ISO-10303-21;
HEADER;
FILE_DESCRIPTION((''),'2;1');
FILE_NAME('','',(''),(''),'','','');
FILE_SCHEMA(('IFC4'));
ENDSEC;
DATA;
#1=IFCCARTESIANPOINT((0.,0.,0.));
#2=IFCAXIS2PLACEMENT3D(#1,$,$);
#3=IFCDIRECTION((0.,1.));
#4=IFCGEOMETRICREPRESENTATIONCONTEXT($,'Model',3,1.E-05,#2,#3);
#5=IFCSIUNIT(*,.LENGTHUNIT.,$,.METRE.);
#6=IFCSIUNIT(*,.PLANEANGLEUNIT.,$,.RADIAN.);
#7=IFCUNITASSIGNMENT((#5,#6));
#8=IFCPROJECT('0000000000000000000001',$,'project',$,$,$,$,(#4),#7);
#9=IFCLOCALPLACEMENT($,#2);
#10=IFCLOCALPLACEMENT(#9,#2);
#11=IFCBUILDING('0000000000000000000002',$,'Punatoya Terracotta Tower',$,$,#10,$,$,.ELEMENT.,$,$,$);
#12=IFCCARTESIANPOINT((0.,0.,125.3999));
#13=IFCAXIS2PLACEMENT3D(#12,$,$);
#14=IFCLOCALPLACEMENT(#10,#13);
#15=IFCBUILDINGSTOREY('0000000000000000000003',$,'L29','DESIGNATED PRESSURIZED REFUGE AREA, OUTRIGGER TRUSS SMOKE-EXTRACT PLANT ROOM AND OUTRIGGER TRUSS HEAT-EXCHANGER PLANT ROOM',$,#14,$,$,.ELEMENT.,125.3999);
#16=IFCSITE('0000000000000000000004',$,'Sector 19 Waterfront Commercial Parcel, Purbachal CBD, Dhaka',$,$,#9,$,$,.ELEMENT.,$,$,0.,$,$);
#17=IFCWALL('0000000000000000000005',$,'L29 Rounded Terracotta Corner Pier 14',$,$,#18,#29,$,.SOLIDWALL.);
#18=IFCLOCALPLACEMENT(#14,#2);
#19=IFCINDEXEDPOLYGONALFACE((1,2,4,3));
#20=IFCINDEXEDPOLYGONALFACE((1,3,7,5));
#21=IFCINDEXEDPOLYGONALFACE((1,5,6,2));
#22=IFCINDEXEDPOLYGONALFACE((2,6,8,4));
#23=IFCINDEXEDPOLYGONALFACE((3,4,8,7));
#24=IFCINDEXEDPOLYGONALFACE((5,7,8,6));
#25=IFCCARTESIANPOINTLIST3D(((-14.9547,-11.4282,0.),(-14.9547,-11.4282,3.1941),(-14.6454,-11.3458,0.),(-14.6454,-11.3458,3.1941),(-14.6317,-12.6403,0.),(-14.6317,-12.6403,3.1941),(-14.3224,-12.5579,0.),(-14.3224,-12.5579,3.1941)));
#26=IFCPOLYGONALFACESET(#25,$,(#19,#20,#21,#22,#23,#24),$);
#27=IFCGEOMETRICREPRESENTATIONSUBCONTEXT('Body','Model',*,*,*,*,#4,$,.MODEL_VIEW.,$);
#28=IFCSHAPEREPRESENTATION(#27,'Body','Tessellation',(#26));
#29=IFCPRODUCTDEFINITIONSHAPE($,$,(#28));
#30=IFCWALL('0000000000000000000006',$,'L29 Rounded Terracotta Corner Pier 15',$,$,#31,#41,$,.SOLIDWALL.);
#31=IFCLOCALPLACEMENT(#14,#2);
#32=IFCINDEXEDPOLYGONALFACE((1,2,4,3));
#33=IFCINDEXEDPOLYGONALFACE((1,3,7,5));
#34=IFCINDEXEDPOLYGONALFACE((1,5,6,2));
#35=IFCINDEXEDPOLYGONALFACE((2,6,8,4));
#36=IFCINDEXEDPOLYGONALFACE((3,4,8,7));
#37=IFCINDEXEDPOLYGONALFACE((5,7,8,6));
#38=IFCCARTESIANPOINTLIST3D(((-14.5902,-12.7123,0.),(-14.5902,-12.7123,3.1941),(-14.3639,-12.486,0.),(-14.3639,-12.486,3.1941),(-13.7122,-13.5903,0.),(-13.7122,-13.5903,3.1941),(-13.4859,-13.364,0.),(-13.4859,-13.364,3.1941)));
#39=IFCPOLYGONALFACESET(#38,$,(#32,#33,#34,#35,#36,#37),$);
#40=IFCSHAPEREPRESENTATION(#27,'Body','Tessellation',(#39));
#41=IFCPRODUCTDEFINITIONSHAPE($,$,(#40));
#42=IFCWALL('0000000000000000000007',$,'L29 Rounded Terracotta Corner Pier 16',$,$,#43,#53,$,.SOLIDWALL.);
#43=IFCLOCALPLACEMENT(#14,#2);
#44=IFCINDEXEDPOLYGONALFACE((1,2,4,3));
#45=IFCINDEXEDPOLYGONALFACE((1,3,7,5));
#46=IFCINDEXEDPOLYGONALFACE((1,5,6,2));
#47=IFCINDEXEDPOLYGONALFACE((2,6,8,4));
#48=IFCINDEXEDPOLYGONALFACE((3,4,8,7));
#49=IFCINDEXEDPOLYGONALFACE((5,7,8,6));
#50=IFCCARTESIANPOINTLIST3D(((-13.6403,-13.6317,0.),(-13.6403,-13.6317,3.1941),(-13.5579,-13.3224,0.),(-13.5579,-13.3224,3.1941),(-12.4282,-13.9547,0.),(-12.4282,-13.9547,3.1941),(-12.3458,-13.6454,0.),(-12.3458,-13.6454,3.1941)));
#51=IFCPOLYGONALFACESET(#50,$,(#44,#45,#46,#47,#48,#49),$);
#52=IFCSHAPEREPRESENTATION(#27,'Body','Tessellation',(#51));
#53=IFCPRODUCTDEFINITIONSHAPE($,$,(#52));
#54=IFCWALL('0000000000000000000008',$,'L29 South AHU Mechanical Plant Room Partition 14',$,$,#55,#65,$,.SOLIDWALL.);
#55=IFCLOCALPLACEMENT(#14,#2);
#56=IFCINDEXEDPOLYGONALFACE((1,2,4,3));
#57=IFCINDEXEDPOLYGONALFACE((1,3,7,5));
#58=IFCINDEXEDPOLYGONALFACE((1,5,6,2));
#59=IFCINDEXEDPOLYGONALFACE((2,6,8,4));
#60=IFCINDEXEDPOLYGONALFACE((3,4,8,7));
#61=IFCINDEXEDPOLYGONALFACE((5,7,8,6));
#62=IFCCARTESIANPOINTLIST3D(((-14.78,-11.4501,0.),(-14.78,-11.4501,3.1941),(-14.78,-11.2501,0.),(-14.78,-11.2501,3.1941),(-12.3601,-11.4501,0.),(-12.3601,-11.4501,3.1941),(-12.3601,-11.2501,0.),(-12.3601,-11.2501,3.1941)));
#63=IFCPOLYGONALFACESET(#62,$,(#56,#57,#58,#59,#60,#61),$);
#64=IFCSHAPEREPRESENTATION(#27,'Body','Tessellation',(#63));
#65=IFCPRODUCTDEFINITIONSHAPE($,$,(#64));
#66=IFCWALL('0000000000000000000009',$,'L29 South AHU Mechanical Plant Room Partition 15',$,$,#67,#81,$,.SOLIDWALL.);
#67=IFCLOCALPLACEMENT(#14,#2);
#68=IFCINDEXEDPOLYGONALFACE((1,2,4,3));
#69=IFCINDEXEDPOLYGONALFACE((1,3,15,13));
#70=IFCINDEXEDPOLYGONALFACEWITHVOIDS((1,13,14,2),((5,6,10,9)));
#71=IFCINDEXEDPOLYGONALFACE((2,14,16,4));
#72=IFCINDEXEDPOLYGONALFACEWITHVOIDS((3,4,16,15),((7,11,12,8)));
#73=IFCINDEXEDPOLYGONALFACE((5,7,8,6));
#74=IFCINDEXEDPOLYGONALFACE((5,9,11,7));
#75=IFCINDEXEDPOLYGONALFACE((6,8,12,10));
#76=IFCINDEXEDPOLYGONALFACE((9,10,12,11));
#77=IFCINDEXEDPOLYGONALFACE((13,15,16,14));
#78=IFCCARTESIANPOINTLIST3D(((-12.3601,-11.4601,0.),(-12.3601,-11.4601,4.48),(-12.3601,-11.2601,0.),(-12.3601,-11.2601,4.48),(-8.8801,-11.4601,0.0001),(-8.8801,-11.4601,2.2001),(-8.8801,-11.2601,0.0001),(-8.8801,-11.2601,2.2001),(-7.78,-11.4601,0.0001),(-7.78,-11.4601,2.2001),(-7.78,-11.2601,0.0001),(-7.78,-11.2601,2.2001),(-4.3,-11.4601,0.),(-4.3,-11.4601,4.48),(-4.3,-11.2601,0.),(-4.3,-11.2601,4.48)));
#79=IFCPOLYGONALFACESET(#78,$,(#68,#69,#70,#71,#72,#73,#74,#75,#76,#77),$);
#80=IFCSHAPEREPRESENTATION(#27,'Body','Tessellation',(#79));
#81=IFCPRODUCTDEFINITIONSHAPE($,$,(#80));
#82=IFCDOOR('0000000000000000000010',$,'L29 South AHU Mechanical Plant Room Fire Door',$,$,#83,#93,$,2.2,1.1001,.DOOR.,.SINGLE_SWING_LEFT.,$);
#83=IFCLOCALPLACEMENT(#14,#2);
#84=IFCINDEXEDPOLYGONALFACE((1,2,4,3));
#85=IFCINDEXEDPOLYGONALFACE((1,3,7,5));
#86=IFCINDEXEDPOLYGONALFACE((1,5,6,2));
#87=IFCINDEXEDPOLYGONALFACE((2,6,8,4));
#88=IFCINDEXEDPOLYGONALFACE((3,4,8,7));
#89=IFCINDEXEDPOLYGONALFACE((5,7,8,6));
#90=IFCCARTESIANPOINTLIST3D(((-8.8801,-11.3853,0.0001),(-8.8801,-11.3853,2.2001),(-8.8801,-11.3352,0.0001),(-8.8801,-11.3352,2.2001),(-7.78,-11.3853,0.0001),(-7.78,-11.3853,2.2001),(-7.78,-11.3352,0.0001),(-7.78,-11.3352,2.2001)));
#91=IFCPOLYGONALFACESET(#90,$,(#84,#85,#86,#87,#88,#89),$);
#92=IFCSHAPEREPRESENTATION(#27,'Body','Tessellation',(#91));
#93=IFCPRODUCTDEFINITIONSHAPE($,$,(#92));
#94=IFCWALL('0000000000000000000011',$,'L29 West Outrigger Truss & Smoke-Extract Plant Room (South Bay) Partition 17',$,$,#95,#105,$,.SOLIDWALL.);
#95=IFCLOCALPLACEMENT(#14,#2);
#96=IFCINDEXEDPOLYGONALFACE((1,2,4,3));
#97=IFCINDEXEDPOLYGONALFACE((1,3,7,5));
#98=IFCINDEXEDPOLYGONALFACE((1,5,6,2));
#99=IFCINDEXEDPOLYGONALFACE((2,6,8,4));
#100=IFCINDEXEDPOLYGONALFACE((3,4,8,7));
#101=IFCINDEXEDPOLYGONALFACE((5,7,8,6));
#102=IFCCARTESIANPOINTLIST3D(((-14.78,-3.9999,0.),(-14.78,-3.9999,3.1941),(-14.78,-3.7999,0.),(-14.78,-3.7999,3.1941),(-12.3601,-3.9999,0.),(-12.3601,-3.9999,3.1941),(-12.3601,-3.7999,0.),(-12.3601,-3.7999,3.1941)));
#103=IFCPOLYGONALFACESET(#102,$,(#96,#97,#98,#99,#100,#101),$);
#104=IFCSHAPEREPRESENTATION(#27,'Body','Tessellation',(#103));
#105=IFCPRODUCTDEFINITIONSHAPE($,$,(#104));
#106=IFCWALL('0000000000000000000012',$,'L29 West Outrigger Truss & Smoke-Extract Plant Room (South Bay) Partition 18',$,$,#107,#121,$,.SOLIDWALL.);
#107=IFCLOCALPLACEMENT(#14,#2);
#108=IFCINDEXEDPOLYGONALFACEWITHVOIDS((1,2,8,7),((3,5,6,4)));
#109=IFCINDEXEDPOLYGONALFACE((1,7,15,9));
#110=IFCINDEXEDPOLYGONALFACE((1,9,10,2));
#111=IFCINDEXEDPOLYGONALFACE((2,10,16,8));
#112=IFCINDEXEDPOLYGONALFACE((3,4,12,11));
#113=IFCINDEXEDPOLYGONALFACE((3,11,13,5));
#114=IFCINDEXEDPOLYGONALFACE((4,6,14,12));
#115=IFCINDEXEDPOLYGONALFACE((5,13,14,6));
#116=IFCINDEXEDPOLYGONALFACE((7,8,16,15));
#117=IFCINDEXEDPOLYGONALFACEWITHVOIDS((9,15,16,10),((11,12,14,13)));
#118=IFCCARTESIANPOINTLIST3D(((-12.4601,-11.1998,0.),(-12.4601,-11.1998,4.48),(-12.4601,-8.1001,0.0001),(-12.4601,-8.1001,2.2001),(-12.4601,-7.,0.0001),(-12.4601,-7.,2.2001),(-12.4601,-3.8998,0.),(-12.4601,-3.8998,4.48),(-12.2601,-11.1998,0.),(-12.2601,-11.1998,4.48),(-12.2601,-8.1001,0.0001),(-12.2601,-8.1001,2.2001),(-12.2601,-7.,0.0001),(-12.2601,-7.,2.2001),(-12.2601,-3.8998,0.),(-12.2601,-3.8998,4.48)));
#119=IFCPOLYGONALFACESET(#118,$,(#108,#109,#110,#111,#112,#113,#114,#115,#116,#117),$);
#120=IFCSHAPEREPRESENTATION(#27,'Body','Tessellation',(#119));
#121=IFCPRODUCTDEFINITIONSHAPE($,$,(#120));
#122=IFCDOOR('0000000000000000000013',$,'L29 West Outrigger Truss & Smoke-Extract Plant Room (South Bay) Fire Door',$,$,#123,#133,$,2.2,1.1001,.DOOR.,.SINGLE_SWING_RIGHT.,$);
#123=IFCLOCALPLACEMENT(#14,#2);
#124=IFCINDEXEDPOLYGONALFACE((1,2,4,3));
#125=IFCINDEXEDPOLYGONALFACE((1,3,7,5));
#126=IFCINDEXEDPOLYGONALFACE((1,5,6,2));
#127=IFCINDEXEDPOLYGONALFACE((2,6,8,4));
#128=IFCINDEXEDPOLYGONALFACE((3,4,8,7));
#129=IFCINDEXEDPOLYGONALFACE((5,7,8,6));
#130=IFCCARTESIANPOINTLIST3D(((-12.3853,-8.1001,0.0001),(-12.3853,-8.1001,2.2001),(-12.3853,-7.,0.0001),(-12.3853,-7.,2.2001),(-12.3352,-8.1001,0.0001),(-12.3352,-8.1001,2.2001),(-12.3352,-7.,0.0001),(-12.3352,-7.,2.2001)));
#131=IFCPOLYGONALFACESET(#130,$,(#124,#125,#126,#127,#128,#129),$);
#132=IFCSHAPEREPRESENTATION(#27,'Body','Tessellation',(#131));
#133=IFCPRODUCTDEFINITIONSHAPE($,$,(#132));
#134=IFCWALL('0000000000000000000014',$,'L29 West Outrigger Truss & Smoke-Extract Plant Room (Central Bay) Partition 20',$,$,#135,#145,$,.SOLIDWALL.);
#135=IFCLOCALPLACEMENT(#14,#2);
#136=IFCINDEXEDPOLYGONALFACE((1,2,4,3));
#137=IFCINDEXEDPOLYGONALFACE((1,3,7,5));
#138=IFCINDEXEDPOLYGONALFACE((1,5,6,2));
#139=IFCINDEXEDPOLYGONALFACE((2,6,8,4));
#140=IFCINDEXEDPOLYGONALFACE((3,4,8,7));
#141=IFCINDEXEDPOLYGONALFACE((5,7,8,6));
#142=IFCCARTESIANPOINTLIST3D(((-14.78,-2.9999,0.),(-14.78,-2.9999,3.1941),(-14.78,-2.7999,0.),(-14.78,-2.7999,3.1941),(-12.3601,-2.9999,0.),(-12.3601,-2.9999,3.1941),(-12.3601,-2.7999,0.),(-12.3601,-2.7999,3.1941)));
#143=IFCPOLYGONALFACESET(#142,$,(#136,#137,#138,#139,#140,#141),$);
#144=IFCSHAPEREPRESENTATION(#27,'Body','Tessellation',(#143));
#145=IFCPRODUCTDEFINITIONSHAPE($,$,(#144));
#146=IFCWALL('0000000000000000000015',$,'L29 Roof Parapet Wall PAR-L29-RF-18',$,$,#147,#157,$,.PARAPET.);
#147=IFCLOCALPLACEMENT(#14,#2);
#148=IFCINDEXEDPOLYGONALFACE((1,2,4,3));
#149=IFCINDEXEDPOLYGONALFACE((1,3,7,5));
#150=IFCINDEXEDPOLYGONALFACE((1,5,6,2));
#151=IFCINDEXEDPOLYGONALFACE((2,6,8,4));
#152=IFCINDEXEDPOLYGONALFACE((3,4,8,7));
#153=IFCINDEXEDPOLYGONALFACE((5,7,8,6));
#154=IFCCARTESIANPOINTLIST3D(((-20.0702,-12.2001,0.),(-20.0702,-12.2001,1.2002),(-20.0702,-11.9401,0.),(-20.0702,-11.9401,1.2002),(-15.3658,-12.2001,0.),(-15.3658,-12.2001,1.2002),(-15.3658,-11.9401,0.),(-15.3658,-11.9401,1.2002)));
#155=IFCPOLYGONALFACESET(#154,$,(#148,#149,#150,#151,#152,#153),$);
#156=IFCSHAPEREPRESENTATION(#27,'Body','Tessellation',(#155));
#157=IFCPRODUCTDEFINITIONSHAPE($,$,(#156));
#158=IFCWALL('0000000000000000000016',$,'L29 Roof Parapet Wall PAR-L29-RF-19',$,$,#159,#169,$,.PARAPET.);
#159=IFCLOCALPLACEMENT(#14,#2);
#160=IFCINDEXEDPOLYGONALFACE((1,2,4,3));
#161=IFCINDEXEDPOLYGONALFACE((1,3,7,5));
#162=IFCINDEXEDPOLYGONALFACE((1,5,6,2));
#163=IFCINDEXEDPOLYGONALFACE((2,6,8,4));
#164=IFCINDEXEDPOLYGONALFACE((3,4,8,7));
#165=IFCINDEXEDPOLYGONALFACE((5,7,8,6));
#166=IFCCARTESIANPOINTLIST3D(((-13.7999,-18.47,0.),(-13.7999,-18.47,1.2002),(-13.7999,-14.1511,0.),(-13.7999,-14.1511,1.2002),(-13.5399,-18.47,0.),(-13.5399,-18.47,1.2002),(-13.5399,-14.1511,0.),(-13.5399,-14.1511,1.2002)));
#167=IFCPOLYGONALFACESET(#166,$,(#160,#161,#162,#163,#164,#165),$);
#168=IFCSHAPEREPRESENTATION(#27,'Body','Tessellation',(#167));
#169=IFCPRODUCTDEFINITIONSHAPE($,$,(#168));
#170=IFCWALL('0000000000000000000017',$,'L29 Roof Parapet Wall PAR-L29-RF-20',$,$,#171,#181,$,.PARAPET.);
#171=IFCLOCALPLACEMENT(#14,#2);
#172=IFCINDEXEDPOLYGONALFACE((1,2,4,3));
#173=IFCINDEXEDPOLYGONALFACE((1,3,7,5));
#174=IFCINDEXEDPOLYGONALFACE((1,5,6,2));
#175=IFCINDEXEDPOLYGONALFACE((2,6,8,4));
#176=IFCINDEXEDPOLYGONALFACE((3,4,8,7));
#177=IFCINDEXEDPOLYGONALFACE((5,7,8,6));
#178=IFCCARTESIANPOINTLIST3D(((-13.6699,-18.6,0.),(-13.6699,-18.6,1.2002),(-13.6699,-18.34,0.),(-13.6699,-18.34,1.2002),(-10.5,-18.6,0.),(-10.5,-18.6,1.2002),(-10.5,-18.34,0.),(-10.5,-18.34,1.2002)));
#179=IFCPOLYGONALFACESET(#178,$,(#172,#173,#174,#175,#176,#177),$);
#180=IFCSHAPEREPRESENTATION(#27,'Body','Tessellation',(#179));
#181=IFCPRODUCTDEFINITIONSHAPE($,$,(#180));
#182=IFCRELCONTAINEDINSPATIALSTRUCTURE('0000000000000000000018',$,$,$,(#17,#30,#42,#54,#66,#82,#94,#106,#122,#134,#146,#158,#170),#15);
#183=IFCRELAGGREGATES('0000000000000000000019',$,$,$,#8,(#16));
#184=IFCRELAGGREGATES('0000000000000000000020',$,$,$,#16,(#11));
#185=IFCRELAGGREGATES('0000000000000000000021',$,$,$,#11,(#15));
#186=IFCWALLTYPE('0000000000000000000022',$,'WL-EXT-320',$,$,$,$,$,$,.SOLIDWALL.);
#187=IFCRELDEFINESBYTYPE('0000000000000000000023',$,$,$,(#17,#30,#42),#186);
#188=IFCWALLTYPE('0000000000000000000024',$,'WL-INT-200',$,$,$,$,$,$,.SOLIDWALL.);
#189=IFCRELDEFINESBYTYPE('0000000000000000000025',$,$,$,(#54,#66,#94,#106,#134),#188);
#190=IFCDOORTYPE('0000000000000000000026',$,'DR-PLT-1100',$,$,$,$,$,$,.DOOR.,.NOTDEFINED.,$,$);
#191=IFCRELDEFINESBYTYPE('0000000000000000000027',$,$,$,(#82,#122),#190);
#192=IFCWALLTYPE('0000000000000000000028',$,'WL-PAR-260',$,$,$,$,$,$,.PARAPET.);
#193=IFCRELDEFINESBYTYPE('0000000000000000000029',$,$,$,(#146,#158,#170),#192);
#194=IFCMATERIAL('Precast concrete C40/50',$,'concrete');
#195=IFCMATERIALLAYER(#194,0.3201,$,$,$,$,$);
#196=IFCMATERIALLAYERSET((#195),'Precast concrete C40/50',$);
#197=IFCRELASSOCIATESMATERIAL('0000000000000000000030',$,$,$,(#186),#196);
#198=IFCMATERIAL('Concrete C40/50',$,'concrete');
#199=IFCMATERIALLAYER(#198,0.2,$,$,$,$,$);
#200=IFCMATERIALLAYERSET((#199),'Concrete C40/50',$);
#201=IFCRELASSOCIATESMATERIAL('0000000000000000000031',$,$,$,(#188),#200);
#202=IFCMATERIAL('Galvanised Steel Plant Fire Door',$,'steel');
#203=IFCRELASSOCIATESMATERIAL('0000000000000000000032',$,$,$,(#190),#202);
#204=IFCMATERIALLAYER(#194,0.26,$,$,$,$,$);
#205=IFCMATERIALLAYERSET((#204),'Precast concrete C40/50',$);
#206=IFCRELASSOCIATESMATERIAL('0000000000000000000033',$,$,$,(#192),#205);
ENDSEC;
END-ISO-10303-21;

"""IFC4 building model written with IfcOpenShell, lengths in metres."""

from ifc_helpers import new_model, si_unit, direction, frame, frame_2d, origin, place, context, subcontext, project, spatial, rectangle, extrude, material, layer, layer_set, type_object, element, fill, save


model = new_model("IFC4")

# Units and contexts
model_context = context("Model", 3, precision=1e-05, world=origin(), true_north=direction((0.0, 1.0)))
body_context = subcontext(model_context, "Body", "Model", "MODEL_VIEW")
ifc_project = project(units=[si_unit("LENGTHUNIT", "METRE"), si_unit("PLANEANGLEUNIT", "RADIAN")], contexts=[model_context])

# Site, building, storey
site_placement = place(None, origin())
site = spatial("IfcSite", under=ifc_project, at=site_placement, Name="Sector 19 Waterfront Commercial Parcel, Purbachal CBD, Dhaka", CompositionType="ELEMENT", RefElevation=0.0)
building_placement = place(site_placement, origin())
building = spatial("IfcBuilding", under=site, at=building_placement, Name="Punatoya Terracotta Tower", CompositionType="ELEMENT")
storey_placement = place(building_placement, frame((0.0, 0.0, 125.3999)))
storey = spatial("IfcBuildingStorey", under=building, at=storey_placement, Name="L29", Description="DESIGNATED PRESSURIZED REFUGE AREA, OUTRIGGER TRUSS SMOKE-EXTRACT PLANT ROOM AND OUTRIGGER TRUSS HEAT-EXCHANGER PLANT ROOM", CompositionType="ELEMENT", Elevation=125.3999)

# Shared definitions
ifc_material_1 = material(Name="Precast concrete C40/50", Category="concrete")
ifc_layer_1 = layer(ifc_material_1, 0.3201)
ifc_layer_set_1 = layer_set([ifc_layer_1], Name="Precast concrete C40/50")
wall_type_1 = type_object("IfcWallType", Name="WL-EXT-320", PredefinedType="SOLIDWALL", material=ifc_layer_set_1)

# Walls
wall_1_placement = place(storey_placement, frame((-14.8, -11.387, 0.0), z_axis=(0.0, 0.0, 1.0), x_axis=(0.257481, -0.966283, 0.0)))
element("IfcWall", 1, at=wall_1_placement, inside=storey, type_object=wall_type_1, Name="L29 Rounded Terracotta Corner Pier 14", PredefinedType="SOLIDWALL", context=body_context, shape_type="SweptSolid", body=[
    extrude(rectangle(XDim=1.2544, YDim=0.3201, at=frame_2d((0.6272, 0.0))), origin(), (0.0, 0.0, 1.0), 3.1941),
])
wall_2_placement = place(storey_placement, frame((-14.4771, -12.5991, 0.0), z_axis=(0.0, 0.0, 1.0), x_axis=(0.707107, -0.707107, 0.0)))
element("IfcWall", 2, at=wall_2_placement, inside=storey, type_object=wall_type_1, Name="L29 Rounded Terracotta Corner Pier 15", PredefinedType="SOLIDWALL", context=body_context, shape_type="SweptSolid", body=[
    extrude(rectangle(XDim=1.2417, YDim=0.3201, at=frame_2d((0.6208, 0.0))), origin(), (0.0, 0.0, 1.0), 3.1941),
])
wall_3_placement = place(storey_placement, frame((-13.5991, -13.4771, 0.0), z_axis=(0.0, 0.0, 1.0), x_axis=(0.966283, -0.257481, 0.0)))
element("IfcWall", 3, at=wall_3_placement, inside=storey, type_object=wall_type_1, Name="L29 Rounded Terracotta Corner Pier 16", PredefinedType="SOLIDWALL", context=body_context, shape_type="SweptSolid", body=[
    extrude(rectangle(XDim=1.2544, YDim=0.3201, at=frame_2d((0.6272, 0.0))), origin(), (0.0, 0.0, 1.0), 3.1941),
])
ifc_material_2 = material(Name="Concrete C40/50", Category="concrete")
ifc_layer_2 = layer(ifc_material_2, 0.2)
ifc_layer_set_2 = layer_set([ifc_layer_2], Name="Concrete C40/50")
wall_type_2 = type_object("IfcWallType", Name="WL-INT-200", PredefinedType="SOLIDWALL", material=ifc_layer_set_2)
wall_4_placement = place(storey_placement, frame((-14.78, -11.3501, 0.0), z_axis=(0.0, 0.0, 1.0), x_axis=(1.0, 0.0, 0.0)))
element("IfcWall", 4, at=wall_4_placement, inside=storey, type_object=wall_type_2, Name="L29 South AHU Mechanical Plant Room Partition 14", PredefinedType="SOLIDWALL", context=body_context, shape_type="SweptSolid", body=[
    extrude(rectangle(XDim=2.4199, YDim=0.2, at=frame_2d((1.21, 0.0))), origin(), (0.0, 0.0, 1.0), 3.1941),
])

# Wall, opening, door
wall_5_placement = place(storey_placement, frame((-12.3601, -11.3601, 0.0), z_axis=(0.0, 0.0, 1.0), x_axis=(1.0, 0.0, 0.0)))
wall_5 = element("IfcWall", 5, at=wall_5_placement, inside=storey, type_object=wall_type_2, Name="L29 South AHU Mechanical Plant Room Partition 15", PredefinedType="SOLIDWALL", context=body_context, shape_type="SweptSolid", body=[
    extrude(rectangle(XDim=8.0601, YDim=0.2, at=frame_2d((4.03, 0.0))), origin(), (0.0, 0.0, 1.0), 4.48),
])
opening_1_placement = place(wall_5_placement, frame((3.48, 0.0, 0.0)))
opening_1 = element("IfcOpeningElement", 6, at=opening_1_placement, cuts=wall_5, PredefinedType="OPENING", context=body_context, shape_type="SweptSolid", body=[
    extrude(rectangle(XDim=1.1001, YDim=2.2, at=frame_2d((0.55, 1.1001))), frame((0.0, 0.1099, 0.0), z_axis=(0.0, -1.0, 0.0), x_axis=(1.0, 0.0, 0.0)), (0.0, 0.0, 1.0), 0.22),
])
ifc_material_3 = material(Name="Galvanised Steel Plant Fire Door", Category="steel")
door_type_1 = type_object("IfcDoorType", Name="DR-PLT-1100", OperationType="NOTDEFINED", PredefinedType="DOOR", material=ifc_material_3)
door_1_placement = place(opening_1_placement, origin())
door_1 = element("IfcDoor", 7, at=door_1_placement, inside=storey, type_object=door_type_1, Name="L29 South AHU Mechanical Plant Room Fire Door", OperationType="SINGLE_SWING_LEFT", OverallHeight=2.2, OverallWidth=1.1001, PredefinedType="DOOR", context=body_context, shape_type="SweptSolid", body=[
    extrude(rectangle(XDim=1.1001, YDim=2.2, at=frame_2d((0.55, 1.1001))), frame((0.0, 0.0249, 0.0), z_axis=(0.0, -1.0, 0.0), x_axis=(1.0, 0.0, 0.0)), (0.0, 0.0, 1.0), 0.05),
])
fill(opening_1, door_1)

# Wall
wall_6_placement = place(storey_placement, frame((-14.78, -3.8999, 0.0), z_axis=(0.0, 0.0, 1.0), x_axis=(1.0, 0.0, 0.0)))
element("IfcWall", 8, at=wall_6_placement, inside=storey, type_object=wall_type_2, Name="L29 West Outrigger Truss & Smoke-Extract Plant Room (South Bay) Partition 17", PredefinedType="SOLIDWALL", context=body_context, shape_type="SweptSolid", body=[
    extrude(rectangle(XDim=2.4199, YDim=0.2, at=frame_2d((1.21, 0.0))), origin(), (0.0, 0.0, 1.0), 3.1941),
])

# Wall, opening, door
wall_7_placement = place(storey_placement, frame((-12.3601, -3.8999, 0.0), z_axis=(0.0, 0.0, 1.0), x_axis=(0.0, -1.0, 0.0)))
wall_7 = element("IfcWall", 9, at=wall_7_placement, inside=storey, type_object=wall_type_2, Name="L29 West Outrigger Truss & Smoke-Extract Plant Room (South Bay) Partition 18", PredefinedType="SOLIDWALL", context=body_context, shape_type="SweptSolid", body=[
    extrude(rectangle(XDim=7.3, YDim=0.2, at=frame_2d((3.6499, 0.0))), origin(), (0.0, 0.0, 1.0), 4.48),
])
opening_2_placement = place(wall_7_placement, frame((3.1001, 0.0, 0.0)))
opening_2 = element("IfcOpeningElement", 10, at=opening_2_placement, cuts=wall_7, PredefinedType="OPENING", context=body_context, shape_type="SweptSolid", body=[
    extrude(rectangle(XDim=1.1001, YDim=2.2, at=frame_2d((0.55, 1.1001))), frame((0.0, 0.1099, 0.0), z_axis=(0.0, -1.0, 0.0), x_axis=(1.0, 0.0, 0.0)), (0.0, 0.0, 1.0), 0.22),
])
door_2_placement = place(opening_2_placement, origin())
door_2 = element("IfcDoor", 11, at=door_2_placement, inside=storey, type_object=door_type_1, Name="L29 West Outrigger Truss & Smoke-Extract Plant Room (South Bay) Fire Door", OperationType="SINGLE_SWING_RIGHT", OverallHeight=2.2, OverallWidth=1.1001, PredefinedType="DOOR", context=body_context, shape_type="SweptSolid", body=[
    extrude(rectangle(XDim=1.1001, YDim=2.2, at=frame_2d((0.55, 1.1001))), frame((0.0, 0.0249, 0.0), z_axis=(0.0, -1.0, 0.0), x_axis=(1.0, 0.0, 0.0)), (0.0, 0.0, 1.0), 0.05),
])
fill(opening_2, door_2)

# Walls
wall_8_placement = place(storey_placement, frame((-12.3601, -2.8999, 0.0), z_axis=(0.0, 0.0, 1.0), x_axis=(-1.0, 0.0, 0.0)))
element("IfcWall", 12, at=wall_8_placement, inside=storey, type_object=wall_type_2, Name="L29 West Outrigger Truss & Smoke-Extract Plant Room (Central Bay) Partition 20", PredefinedType="SOLIDWALL", context=body_context, shape_type="SweptSolid", body=[
    extrude(rectangle(XDim=2.4199, YDim=0.2, at=frame_2d((1.21, 0.0))), origin(), (0.0, 0.0, 1.0), 3.1941),
])
ifc_layer_3 = layer(ifc_material_1, 0.26)
ifc_layer_set_3 = layer_set([ifc_layer_3], Name="Precast concrete C40/50")
wall_type_3 = type_object("IfcWallType", Name="WL-PAR-260", PredefinedType="PARAPET", material=ifc_layer_set_3)
wall_9_placement = place(storey_placement, frame((-20.0701, -12.0701, 0.0), z_axis=(0.0, 0.0, 1.0), x_axis=(1.0, 0.0, 0.0)))
element("IfcWall", 13, at=wall_9_placement, inside=storey, type_object=wall_type_3, Name="L29 Roof Parapet Wall PAR-L29-RF-18", PredefinedType="PARAPET", context=body_context, shape_type="SweptSolid", body=[
    extrude(rectangle(XDim=4.7043, YDim=0.26, at=frame_2d((2.3521, 0.0))), origin(), (0.0, 0.0, 1.0), 1.2002),
])
wall_10_placement = place(storey_placement, frame((-13.6699, -14.1511, 0.0), z_axis=(0.0, 0.0, 1.0), x_axis=(0.0, -1.0, 0.0)))
element("IfcWall", 14, at=wall_10_placement, inside=storey, type_object=wall_type_3, Name="L29 Roof Parapet Wall PAR-L29-RF-19", PredefinedType="PARAPET", context=body_context, shape_type="SweptSolid", body=[
    extrude(rectangle(XDim=4.3188, YDim=0.26, at=frame_2d((2.1594, 0.0))), origin(), (0.0, 0.0, 1.0), 1.2002),
])
wall_11_placement = place(storey_placement, frame((-13.6699, -18.47, 0.0), z_axis=(0.0, 0.0, 1.0), x_axis=(1.0, 0.0, 0.0)))
element("IfcWall", 15, at=wall_11_placement, inside=storey, type_object=wall_type_3, Name="L29 Roof Parapet Wall PAR-L29-RF-20", PredefinedType="PARAPET", context=body_context, shape_type="SweptSolid", body=[
    extrude(rectangle(XDim=3.1699, YDim=0.26, at=frame_2d((1.585, 0.0))), origin(), (0.0, 0.0, 1.0), 1.2002),
])

save(model, "model.ifc")
